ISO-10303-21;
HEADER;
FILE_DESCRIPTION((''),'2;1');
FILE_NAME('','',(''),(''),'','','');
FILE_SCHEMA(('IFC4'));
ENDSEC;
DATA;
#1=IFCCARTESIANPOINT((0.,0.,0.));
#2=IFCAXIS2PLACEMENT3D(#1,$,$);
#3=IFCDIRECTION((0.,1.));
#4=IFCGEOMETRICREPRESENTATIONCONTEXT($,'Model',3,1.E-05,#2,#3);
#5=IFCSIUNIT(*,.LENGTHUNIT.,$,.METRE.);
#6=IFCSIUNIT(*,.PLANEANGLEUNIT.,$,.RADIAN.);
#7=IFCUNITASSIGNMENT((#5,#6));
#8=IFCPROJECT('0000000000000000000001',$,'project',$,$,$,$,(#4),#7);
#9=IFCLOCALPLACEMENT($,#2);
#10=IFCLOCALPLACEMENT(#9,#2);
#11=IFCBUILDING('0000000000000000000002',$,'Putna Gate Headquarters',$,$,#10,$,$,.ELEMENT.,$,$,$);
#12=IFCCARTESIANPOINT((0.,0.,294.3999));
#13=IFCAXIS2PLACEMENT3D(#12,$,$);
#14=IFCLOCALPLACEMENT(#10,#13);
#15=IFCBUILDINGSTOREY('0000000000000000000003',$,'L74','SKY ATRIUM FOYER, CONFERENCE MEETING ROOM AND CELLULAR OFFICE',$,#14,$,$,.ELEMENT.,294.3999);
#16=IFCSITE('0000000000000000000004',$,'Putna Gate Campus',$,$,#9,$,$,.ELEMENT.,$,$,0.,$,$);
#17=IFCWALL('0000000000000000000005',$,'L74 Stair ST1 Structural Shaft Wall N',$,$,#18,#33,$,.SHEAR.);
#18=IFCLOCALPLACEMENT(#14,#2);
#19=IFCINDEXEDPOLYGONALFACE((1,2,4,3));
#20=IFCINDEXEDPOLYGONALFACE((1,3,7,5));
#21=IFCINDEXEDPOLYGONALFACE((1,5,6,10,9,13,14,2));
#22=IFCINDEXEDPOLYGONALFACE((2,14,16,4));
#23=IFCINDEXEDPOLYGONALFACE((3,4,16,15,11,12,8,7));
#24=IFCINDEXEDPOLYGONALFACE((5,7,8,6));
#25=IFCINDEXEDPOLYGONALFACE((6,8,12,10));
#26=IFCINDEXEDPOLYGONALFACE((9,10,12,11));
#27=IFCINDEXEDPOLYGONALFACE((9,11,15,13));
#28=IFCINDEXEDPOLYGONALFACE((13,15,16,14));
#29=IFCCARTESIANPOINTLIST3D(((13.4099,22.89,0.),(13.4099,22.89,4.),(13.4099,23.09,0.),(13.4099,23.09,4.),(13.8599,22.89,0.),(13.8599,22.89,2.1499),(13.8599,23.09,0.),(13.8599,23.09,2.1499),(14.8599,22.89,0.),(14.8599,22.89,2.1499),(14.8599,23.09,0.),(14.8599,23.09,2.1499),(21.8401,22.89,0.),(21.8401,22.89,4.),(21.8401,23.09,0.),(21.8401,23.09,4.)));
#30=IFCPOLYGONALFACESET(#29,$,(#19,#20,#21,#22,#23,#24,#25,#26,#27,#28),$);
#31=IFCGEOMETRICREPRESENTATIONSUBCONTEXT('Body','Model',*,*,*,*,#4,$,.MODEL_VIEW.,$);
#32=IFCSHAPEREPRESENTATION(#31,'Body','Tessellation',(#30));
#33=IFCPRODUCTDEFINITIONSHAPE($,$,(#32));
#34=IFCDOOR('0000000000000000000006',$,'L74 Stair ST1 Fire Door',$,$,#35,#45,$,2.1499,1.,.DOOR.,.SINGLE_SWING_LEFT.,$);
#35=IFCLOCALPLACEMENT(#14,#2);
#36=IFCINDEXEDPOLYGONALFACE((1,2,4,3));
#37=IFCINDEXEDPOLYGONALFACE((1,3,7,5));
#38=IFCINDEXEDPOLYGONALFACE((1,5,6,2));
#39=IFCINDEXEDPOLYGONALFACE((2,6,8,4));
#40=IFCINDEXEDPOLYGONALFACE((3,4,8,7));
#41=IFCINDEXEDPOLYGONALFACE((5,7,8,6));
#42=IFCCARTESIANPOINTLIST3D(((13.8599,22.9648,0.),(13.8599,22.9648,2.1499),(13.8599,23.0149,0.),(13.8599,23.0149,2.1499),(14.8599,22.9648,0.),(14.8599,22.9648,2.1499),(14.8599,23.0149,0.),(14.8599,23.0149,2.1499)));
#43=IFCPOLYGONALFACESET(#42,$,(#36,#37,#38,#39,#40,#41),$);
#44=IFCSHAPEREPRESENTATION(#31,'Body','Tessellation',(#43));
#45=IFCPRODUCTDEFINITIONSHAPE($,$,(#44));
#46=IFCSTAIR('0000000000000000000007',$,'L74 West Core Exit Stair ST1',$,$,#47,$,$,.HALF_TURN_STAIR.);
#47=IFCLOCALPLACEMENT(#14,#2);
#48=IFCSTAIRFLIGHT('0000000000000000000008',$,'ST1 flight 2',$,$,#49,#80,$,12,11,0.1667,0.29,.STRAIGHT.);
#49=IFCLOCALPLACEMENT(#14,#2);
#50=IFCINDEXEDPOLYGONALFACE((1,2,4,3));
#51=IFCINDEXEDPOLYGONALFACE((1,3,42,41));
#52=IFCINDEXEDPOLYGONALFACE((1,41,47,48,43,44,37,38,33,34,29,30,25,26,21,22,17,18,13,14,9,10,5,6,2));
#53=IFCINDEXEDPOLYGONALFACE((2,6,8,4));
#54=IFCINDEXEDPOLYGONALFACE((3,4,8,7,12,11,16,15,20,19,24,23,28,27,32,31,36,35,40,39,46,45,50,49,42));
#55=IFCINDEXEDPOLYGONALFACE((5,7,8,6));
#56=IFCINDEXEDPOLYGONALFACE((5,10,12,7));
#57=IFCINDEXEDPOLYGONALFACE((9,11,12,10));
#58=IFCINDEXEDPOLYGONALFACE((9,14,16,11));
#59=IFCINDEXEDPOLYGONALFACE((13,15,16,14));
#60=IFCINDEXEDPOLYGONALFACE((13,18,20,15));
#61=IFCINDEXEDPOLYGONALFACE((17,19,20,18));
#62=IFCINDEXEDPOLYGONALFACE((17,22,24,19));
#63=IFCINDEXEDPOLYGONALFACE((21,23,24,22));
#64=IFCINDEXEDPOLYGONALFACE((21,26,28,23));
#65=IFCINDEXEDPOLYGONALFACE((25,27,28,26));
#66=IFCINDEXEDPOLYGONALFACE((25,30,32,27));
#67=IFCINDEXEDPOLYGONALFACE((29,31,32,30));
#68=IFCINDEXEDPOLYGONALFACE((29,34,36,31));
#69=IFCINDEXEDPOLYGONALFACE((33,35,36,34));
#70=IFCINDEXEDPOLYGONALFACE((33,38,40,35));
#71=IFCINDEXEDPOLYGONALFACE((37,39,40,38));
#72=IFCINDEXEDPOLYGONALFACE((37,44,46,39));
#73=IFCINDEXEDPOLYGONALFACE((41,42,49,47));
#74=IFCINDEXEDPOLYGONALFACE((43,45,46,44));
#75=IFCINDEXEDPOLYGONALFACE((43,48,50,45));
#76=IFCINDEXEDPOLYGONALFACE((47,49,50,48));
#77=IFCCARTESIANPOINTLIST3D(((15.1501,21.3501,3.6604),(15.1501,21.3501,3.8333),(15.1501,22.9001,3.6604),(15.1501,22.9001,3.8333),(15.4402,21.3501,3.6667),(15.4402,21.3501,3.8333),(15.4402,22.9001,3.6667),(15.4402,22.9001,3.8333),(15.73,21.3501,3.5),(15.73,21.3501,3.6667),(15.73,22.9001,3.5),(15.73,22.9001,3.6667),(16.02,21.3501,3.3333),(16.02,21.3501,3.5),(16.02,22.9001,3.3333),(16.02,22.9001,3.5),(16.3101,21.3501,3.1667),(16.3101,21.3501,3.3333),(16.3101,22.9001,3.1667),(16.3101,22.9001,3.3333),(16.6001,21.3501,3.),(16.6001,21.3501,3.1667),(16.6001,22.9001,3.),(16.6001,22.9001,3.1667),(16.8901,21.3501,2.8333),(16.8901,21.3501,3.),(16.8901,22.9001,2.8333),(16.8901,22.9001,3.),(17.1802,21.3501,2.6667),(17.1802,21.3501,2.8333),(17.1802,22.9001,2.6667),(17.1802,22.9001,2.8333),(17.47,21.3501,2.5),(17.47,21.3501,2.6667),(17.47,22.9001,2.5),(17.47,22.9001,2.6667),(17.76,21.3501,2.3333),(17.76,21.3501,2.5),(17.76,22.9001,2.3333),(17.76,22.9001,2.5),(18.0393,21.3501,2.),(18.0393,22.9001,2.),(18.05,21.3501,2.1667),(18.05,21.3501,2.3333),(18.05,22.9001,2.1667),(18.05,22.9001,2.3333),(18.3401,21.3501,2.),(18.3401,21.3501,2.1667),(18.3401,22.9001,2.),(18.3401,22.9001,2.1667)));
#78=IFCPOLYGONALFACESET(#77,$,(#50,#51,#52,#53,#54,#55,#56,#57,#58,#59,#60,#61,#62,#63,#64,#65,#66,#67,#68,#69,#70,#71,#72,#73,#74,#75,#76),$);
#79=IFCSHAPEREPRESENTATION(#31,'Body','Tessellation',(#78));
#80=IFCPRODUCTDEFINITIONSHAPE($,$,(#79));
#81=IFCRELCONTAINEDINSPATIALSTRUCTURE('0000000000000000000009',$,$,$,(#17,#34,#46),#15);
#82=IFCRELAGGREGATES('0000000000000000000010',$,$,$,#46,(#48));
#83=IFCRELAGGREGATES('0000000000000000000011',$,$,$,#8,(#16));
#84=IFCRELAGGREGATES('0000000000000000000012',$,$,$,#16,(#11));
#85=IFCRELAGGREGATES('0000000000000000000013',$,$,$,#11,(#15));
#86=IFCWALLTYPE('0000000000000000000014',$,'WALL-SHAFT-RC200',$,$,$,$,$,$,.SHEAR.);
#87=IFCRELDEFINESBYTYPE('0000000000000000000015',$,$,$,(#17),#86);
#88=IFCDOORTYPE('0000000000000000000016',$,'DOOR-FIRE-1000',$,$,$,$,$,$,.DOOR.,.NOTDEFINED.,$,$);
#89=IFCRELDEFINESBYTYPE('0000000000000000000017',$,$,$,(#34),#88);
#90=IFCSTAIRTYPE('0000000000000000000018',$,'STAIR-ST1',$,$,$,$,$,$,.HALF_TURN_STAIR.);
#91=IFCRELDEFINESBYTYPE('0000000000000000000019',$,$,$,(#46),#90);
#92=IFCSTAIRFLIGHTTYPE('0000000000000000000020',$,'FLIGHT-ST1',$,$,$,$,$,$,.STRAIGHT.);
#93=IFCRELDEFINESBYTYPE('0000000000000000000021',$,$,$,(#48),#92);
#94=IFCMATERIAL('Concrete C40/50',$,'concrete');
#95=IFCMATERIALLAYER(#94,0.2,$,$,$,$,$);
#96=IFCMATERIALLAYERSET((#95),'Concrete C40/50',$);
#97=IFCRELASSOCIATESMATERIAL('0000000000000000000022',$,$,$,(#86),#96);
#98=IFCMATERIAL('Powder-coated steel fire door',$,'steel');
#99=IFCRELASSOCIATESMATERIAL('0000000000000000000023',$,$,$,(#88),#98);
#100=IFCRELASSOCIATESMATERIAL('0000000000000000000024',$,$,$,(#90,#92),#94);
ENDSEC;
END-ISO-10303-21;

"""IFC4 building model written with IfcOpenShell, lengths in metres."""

from ifc_helpers import new_model, si_unit, direction, frame, frame_2d, origin, place, context, subcontext, project, spatial, polyline, rectangle, outline, extrude, material, layer, layer_set, type_object, element, fill, aggregate, save


model = new_model("IFC4")

# Units and contexts
model_context = context("Model", 3, precision=1e-05, world=origin(), true_north=direction((0.0, 1.0)))
body_context = subcontext(model_context, "Body", "Model", "MODEL_VIEW")
ifc_project = project(units=[si_unit("LENGTHUNIT", "METRE"), si_unit("PLANEANGLEUNIT", "RADIAN")], contexts=[model_context])

# Site, building, storey
site_placement = place(None, origin())
site = spatial("IfcSite", under=ifc_project, at=site_placement, Name="Putna Gate Campus", CompositionType="ELEMENT", RefElevation=0.0)
building_placement = place(site_placement, origin())
building = spatial("IfcBuilding", under=site, at=building_placement, Name="Putna Gate Headquarters", CompositionType="ELEMENT")
storey_placement = place(building_placement, frame((0.0, 0.0, 294.3999)))
storey = spatial("IfcBuildingStorey", under=building, at=storey_placement, Name="L74", Description="SKY ATRIUM FOYER, CONFERENCE MEETING ROOM AND CELLULAR OFFICE", CompositionType="ELEMENT", Elevation=294.3999)

# Shared definitions
ifc_material_1 = material(Name="Concrete C40/50", Category="concrete")

# Wall, opening, door
ifc_layer_1 = layer(ifc_material_1, 0.2)
ifc_layer_set_1 = layer_set([ifc_layer_1], Name="Concrete C40/50")
wall_type_1 = type_object("IfcWallType", Name="WALL-SHAFT-RC200", PredefinedType="SHEAR", material=ifc_layer_set_1)
wall_1_placement = place(storey_placement, frame((13.4099, 22.99, 0.0), z_axis=(0.0, 0.0, 1.0), x_axis=(1.0, 0.0, 0.0)))
wall_1 = element("IfcWall", 1, at=wall_1_placement, inside=storey, type_object=wall_type_1, Name="L74 Stair ST1 Structural Shaft Wall N", PredefinedType="SHEAR", context=body_context, shape_type="SweptSolid", body=[
    extrude(rectangle(XDim=8.4302, YDim=0.2, at=frame_2d((4.2151, 0.0))), origin(), (0.0, 0.0, 1.0), 4.0),
])
opening_1_placement = place(wall_1_placement, frame((0.45, 0.0, 0.0)))
opening_1 = element("IfcOpeningElement", 2, at=opening_1_placement, cuts=wall_1, PredefinedType="OPENING", context=body_context, shape_type="SweptSolid", body=[
    extrude(rectangle(XDim=1.0, YDim=2.1499, at=frame_2d((0.5, 1.075))), frame((0.0, 0.1099, 0.0), z_axis=(0.0, -1.0, 0.0), x_axis=(1.0, 0.0, 0.0)), (0.0, 0.0, 1.0), 0.22),
])
ifc_material_2 = material(Name="Powder-coated steel fire door", Category="steel")
door_type_1 = type_object("IfcDoorType", Name="DOOR-FIRE-1000", OperationType="NOTDEFINED", PredefinedType="DOOR", material=ifc_material_2)
door_1_placement = place(opening_1_placement, origin())
door_1 = element("IfcDoor", 3, at=door_1_placement, inside=storey, type_object=door_type_1, Name="L74 Stair ST1 Fire Door", OperationType="SINGLE_SWING_LEFT", OverallHeight=2.1499, OverallWidth=1.0, PredefinedType="DOOR", context=body_context, shape_type="SweptSolid", body=[
    extrude(rectangle(XDim=1.0, YDim=2.1499, at=frame_2d((0.5, 1.075))), frame((0.0, 0.0249, 0.0), z_axis=(0.0, -1.0, 0.0), x_axis=(1.0, 0.0, 0.0)), (0.0, 0.0, 1.0), 0.05),
])
fill(opening_1, door_1)

# Stair, stair flight
stair_type = type_object("IfcStairType", Name="STAIR-ST1", PredefinedType="HALF_TURN_STAIR", material=ifc_material_1)
stair_placement = place(storey_placement, origin())
stair = element("IfcStair", 4, at=stair_placement, inside=storey, type_object=stair_type, Name="L74 West Core Exit Stair ST1", PredefinedType="HALF_TURN_STAIR")
stair_flight_type = type_object("IfcStairFlightType", Name="FLIGHT-ST1", PredefinedType="STRAIGHT", material=ifc_material_1)
stair_flight_placement = place(storey_placement, frame((18.3401, 22.125, 2.0), z_axis=(0.0, 0.0, 1.0), x_axis=(-1.0, 0.0, 0.0)))
stair_flight = element("IfcStairFlight", 5, at=stair_flight_placement, type_object=stair_flight_type, Name="ST1 flight 2", NumberOfRisers=12, NumberOfTreads=11, PredefinedType="STRAIGHT", RiserHeight=0.1667, TreadLength=0.29, context=body_context, shape_type="SweptSolid", body=[
    extrude(outline(polyline([(0.0, 0.0), (0.0, 0.1667), (0.29, 0.1667), (0.29, 0.3333), (0.5801, 0.3333), (0.5801, 0.5), (0.8701, 0.5), (0.8701, 0.6667), (1.1599, 0.6667), (1.1599, 0.8333), (1.45, 0.8333), (1.45, 1.0), (1.74, 1.0), (1.74, 1.1667), (2.03, 1.1667), (2.03, 1.3333), (2.3201, 1.3333), (2.3201, 1.5), (2.6101, 1.5), (2.6101, 1.6667), (2.8999, 1.6667), (2.8999, 1.8333), (3.1899, 1.8333), (3.1899, 2.0), (3.1899, 1.6604), (0.3008, 0.0), (0.0, 0.0)])), frame((0.0, 0.7749, 0.0), z_axis=(0.0, -1.0, 0.0), x_axis=(1.0, 0.0, 0.0)), (0.0, 0.0, 1.0), 1.55),
])
aggregate(stair, [stair_flight])

save(model, "model.ifc")
